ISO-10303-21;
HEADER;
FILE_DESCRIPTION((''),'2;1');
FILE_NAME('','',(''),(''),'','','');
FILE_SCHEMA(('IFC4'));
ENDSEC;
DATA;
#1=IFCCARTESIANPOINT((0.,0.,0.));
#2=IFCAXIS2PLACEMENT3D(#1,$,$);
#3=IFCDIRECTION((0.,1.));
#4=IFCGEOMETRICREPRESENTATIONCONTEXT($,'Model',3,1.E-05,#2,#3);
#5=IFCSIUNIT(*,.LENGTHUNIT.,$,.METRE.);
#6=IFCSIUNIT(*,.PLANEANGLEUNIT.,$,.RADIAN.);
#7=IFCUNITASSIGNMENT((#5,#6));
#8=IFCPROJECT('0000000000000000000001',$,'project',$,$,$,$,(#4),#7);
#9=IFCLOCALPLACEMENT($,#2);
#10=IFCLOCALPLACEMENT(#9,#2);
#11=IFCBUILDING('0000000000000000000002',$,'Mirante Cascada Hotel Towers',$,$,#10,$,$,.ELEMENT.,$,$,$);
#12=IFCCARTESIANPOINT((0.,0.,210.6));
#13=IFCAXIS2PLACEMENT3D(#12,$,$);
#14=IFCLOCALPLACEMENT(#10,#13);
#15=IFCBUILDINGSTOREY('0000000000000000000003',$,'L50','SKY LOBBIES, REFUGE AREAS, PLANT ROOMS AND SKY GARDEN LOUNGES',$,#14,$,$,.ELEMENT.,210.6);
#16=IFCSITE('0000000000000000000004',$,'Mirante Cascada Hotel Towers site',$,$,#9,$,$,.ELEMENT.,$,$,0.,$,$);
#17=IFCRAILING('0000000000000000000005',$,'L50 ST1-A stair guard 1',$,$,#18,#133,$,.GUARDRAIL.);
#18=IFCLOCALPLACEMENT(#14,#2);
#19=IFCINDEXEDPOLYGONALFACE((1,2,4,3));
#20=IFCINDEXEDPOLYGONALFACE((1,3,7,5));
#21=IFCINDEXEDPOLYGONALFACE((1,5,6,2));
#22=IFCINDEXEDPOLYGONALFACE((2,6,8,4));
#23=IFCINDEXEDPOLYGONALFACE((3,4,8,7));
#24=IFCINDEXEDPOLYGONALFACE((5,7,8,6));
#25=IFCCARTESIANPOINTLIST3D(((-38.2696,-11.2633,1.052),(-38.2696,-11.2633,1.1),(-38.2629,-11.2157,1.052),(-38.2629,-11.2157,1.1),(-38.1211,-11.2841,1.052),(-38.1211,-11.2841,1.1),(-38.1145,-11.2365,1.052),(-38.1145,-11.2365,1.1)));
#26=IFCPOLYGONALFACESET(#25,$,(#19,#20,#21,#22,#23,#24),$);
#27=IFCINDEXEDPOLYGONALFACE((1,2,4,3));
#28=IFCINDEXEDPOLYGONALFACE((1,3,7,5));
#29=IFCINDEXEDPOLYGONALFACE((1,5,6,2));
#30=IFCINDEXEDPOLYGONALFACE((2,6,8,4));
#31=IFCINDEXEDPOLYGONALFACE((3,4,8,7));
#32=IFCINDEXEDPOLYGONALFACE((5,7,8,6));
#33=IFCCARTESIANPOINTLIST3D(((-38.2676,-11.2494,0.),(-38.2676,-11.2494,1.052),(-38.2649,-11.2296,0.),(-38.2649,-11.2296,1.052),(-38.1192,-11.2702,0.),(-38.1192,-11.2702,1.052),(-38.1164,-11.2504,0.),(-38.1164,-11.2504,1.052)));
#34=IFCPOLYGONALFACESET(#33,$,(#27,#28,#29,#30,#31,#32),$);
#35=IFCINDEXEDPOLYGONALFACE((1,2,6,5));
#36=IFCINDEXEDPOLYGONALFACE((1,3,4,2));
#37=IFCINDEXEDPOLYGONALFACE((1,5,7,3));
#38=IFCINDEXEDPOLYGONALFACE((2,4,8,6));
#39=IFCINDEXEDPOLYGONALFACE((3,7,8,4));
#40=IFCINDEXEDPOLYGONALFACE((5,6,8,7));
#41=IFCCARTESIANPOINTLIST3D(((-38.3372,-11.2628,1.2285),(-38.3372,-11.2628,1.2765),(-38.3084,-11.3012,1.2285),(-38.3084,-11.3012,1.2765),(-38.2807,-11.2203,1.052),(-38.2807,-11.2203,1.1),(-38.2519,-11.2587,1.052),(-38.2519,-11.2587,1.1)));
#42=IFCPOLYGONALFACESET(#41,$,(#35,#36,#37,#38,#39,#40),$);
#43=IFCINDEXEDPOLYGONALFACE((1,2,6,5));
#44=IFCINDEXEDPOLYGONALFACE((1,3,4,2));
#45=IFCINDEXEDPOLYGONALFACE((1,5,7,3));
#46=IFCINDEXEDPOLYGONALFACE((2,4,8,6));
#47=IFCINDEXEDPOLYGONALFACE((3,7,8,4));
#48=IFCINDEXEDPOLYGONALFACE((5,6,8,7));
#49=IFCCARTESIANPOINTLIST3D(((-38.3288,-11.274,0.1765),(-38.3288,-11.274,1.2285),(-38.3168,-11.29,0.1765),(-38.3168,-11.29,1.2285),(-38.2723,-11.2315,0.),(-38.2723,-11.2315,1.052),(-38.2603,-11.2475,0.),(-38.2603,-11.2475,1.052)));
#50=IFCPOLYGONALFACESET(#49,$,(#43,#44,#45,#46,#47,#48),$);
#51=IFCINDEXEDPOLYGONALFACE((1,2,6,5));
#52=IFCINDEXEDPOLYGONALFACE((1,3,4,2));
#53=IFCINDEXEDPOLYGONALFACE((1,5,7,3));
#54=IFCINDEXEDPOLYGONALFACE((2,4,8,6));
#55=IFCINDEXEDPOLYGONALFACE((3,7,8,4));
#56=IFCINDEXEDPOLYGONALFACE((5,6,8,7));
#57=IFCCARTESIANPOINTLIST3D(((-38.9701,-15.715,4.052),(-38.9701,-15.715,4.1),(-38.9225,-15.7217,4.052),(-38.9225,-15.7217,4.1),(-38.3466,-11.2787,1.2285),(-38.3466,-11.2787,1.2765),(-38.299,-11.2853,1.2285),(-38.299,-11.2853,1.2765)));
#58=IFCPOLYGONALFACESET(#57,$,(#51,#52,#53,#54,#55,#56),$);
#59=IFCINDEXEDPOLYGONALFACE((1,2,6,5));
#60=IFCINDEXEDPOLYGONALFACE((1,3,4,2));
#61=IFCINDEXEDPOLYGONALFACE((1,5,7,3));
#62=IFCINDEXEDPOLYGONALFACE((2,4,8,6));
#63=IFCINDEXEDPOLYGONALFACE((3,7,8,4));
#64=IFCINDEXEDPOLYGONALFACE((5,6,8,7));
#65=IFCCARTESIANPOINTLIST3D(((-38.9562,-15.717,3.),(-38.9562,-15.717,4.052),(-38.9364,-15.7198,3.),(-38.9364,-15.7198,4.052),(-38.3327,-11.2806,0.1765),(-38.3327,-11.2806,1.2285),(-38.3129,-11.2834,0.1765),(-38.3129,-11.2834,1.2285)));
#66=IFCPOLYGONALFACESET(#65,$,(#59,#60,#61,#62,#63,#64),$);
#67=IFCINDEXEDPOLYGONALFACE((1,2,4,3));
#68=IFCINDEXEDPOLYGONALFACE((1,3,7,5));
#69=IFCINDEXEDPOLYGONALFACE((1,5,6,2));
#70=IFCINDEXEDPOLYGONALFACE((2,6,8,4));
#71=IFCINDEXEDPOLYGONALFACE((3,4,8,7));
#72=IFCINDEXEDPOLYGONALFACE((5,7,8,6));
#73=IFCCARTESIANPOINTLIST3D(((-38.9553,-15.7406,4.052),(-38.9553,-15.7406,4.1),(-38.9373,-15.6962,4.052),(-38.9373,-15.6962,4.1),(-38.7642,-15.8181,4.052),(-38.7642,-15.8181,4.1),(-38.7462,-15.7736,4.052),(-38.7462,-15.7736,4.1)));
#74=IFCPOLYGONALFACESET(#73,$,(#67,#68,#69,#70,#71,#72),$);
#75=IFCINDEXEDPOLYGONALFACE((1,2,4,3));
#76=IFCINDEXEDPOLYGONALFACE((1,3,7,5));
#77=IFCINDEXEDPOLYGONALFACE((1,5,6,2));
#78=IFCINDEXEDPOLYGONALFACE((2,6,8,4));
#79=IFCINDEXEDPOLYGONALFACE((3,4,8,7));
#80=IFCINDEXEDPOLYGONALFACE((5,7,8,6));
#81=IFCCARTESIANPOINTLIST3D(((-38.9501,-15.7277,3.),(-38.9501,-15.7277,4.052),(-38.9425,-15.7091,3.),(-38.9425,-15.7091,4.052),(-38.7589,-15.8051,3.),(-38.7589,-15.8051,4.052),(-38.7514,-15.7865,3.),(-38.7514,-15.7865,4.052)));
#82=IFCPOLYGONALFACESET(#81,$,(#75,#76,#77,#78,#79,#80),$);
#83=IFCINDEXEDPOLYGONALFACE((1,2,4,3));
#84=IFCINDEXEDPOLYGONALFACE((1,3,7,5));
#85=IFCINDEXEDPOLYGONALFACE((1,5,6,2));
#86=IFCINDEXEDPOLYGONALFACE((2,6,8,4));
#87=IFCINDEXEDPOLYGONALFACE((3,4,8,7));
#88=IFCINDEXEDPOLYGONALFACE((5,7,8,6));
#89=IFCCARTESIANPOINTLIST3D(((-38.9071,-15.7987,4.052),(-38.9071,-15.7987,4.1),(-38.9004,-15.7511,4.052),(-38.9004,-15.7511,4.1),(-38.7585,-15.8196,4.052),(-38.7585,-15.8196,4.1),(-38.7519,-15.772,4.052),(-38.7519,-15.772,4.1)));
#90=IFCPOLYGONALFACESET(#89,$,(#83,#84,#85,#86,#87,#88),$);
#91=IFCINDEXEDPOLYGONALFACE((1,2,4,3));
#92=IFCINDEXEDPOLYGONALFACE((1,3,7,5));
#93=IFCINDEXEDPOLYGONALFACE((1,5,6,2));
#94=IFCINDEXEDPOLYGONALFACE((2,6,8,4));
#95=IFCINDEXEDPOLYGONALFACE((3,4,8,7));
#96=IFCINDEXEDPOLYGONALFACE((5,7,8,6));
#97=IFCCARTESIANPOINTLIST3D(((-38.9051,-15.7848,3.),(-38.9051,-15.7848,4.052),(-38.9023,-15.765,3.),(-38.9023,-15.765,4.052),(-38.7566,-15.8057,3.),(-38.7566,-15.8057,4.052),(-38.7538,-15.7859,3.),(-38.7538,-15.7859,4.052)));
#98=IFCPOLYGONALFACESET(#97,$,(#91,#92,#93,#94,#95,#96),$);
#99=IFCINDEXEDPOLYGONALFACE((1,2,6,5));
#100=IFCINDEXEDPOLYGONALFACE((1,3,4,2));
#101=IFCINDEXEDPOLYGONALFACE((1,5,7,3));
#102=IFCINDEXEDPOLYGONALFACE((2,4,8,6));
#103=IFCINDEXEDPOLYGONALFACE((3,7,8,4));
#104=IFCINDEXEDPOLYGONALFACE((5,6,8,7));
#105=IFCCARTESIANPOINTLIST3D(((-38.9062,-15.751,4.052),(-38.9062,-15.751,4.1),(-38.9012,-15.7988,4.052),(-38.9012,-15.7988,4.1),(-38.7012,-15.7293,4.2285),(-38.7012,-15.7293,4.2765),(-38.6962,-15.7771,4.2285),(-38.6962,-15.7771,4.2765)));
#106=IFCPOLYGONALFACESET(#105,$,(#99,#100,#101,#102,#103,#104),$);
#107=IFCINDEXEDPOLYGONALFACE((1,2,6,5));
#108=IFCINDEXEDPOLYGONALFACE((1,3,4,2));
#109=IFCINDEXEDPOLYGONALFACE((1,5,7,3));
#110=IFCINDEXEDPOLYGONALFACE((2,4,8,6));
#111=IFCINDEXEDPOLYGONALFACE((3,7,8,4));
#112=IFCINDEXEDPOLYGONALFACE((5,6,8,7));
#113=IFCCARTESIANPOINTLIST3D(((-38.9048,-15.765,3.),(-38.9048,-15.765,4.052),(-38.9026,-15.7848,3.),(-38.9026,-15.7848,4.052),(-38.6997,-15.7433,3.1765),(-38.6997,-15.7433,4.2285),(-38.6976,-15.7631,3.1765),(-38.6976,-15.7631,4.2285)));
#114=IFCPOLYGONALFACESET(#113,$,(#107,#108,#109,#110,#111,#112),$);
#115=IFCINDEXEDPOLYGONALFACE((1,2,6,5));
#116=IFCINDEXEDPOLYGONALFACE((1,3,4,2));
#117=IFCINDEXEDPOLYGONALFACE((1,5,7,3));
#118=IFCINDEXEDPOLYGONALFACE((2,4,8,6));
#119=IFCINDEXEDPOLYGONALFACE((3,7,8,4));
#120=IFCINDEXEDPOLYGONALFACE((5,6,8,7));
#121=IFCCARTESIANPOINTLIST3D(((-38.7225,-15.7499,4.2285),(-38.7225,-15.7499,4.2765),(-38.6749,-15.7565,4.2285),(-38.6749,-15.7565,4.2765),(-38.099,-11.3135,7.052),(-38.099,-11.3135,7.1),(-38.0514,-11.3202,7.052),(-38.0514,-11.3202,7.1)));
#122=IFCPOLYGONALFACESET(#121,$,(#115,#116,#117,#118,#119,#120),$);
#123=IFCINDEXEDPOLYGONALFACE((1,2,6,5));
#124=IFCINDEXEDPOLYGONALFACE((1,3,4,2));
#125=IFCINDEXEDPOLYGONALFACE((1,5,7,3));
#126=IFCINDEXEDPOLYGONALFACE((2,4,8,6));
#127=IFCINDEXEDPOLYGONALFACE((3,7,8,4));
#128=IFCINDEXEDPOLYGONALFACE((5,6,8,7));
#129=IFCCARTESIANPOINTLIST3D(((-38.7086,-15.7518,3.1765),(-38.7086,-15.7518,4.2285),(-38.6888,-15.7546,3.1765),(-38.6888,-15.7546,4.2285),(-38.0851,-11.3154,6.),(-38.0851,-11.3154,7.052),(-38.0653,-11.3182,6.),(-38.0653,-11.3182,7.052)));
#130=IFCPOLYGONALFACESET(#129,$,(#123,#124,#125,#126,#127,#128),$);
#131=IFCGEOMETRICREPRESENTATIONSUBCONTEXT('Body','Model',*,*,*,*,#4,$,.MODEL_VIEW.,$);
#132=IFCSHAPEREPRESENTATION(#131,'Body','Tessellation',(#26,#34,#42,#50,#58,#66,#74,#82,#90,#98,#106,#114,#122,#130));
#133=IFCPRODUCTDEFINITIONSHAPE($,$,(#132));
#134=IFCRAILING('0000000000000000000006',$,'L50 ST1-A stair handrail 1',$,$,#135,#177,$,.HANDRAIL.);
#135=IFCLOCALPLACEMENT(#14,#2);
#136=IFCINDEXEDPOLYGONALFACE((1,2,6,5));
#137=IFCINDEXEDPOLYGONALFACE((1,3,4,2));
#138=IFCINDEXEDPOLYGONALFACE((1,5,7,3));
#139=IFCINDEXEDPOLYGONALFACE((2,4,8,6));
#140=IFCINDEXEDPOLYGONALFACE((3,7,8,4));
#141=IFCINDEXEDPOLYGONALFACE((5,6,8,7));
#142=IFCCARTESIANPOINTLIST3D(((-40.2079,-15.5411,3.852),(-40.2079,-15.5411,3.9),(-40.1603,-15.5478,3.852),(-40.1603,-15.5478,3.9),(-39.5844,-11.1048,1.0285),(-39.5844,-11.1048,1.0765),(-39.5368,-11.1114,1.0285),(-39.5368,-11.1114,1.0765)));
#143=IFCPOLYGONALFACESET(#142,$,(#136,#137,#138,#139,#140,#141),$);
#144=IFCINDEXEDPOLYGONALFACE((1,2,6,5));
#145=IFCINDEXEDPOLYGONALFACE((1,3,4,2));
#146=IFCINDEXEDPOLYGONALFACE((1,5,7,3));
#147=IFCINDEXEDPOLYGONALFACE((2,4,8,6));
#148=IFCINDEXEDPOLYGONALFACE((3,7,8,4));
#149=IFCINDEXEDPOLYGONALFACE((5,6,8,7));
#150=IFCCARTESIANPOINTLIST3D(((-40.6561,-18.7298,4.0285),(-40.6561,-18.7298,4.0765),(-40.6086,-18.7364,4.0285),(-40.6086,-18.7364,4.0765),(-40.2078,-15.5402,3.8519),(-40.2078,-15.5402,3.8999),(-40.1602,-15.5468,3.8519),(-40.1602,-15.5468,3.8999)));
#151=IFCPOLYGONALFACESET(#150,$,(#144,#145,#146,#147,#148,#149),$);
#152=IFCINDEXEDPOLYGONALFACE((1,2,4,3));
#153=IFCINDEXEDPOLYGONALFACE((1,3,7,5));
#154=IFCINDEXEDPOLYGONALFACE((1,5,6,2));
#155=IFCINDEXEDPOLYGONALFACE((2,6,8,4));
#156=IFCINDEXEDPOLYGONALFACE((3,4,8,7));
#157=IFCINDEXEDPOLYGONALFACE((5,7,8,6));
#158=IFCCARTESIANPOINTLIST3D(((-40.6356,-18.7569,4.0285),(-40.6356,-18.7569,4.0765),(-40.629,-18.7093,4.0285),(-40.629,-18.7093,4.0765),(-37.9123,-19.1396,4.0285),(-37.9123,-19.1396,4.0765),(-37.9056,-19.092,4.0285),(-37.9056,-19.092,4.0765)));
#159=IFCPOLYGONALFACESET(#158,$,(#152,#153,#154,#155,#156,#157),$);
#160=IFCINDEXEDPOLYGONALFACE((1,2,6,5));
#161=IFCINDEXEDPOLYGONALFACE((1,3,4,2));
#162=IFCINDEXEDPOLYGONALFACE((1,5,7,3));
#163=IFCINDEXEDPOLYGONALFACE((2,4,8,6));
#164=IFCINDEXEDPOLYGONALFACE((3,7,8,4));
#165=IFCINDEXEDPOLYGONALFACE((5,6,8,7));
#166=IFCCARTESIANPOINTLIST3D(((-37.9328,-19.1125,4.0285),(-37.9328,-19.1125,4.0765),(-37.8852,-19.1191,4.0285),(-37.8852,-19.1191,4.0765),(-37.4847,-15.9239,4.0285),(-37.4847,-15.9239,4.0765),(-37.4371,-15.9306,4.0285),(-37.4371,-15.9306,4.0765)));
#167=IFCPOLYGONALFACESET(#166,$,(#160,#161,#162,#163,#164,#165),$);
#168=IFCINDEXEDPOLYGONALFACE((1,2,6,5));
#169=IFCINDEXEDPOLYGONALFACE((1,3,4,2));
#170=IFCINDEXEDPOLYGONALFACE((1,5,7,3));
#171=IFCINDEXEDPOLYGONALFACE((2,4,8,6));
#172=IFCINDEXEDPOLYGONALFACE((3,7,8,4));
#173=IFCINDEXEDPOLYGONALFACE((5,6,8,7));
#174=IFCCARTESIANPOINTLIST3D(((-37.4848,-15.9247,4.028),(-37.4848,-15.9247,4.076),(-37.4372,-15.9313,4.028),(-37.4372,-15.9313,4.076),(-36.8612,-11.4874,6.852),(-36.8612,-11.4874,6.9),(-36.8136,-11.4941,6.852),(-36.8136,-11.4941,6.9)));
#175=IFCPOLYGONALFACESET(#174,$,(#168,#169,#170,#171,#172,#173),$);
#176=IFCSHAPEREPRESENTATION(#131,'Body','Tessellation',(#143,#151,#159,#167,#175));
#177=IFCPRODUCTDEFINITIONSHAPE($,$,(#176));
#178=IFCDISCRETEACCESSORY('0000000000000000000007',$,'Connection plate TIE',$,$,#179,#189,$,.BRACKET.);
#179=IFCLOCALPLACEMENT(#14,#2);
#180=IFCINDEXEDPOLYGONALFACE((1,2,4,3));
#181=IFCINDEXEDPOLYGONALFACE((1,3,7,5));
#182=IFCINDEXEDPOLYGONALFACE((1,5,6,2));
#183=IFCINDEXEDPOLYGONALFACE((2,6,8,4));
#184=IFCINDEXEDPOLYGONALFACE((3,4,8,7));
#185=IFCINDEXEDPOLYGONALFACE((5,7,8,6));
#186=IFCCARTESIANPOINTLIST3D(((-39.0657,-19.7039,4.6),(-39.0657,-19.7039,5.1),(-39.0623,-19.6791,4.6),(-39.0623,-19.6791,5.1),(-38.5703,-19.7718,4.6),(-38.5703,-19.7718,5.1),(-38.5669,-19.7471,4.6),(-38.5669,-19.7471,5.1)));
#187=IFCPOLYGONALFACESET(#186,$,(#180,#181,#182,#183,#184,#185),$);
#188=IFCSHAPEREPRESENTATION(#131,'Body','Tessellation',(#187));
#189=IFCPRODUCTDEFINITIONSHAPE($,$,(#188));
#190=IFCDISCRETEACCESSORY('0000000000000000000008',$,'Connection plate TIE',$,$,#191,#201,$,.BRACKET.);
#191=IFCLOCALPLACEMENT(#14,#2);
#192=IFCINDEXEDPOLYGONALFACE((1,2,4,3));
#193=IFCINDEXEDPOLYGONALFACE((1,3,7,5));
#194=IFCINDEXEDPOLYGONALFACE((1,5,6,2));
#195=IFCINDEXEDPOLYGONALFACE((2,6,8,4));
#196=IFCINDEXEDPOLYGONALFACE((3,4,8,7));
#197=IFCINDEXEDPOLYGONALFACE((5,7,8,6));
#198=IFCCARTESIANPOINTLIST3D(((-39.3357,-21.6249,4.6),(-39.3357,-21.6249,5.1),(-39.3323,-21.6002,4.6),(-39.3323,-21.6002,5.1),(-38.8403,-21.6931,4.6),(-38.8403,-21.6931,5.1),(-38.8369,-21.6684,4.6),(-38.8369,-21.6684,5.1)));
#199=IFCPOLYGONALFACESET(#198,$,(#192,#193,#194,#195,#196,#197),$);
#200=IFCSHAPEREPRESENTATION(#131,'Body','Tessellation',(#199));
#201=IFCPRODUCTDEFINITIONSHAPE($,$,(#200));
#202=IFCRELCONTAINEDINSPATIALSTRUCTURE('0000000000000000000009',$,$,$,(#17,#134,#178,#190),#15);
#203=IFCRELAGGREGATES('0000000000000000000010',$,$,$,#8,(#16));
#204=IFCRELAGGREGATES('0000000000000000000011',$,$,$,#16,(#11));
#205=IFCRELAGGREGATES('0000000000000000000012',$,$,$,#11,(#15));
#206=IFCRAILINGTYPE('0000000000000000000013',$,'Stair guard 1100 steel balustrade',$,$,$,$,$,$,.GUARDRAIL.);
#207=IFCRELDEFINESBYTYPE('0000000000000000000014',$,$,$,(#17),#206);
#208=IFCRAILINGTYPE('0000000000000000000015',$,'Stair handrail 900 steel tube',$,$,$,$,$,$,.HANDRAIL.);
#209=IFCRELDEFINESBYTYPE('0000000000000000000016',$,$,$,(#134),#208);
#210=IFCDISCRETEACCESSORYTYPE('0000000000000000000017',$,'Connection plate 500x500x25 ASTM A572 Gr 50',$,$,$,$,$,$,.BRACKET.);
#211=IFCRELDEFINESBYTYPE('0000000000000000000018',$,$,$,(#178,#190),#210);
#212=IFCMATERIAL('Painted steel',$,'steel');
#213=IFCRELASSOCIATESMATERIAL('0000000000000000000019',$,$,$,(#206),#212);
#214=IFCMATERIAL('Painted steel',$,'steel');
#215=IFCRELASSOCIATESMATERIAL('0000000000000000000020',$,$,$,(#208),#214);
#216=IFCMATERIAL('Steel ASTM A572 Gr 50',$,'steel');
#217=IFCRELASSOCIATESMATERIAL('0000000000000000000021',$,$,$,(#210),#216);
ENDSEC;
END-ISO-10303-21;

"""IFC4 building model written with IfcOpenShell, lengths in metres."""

from ifc_helpers import new_model, si_unit, direction, frame, origin, origin_2d, place, context, subcontext, project, spatial, rectangle, extrude, material, material_profile, profile_set, type_object, element, save


model = new_model("IFC4")

# Units and contexts
model_context = context("Model", 3, precision=1e-05, world=origin(), true_north=direction((0.0, 1.0)))
body_context = subcontext(model_context, "Body", "Model", "MODEL_VIEW")
ifc_project = project(units=[si_unit("LENGTHUNIT", "METRE"), si_unit("PLANEANGLEUNIT", "RADIAN")], contexts=[model_context])

# Site, building, storey
site_placement = place(None, origin())
site = spatial("IfcSite", under=ifc_project, at=site_placement, Name="Mirante Cascada Hotel Towers site", CompositionType="ELEMENT", RefElevation=0.0)
building_placement = place(site_placement, origin())
building = spatial("IfcBuilding", under=site, at=building_placement, Name="Mirante Cascada Hotel Towers", CompositionType="ELEMENT")
storey_placement = place(building_placement, frame((0.0, 0.0, 210.6)))
storey = spatial("IfcBuildingStorey", under=building, at=storey_placement, Name="L50", Description="SKY LOBBIES, REFUGE AREAS, PLANT ROOMS AND SKY GARDEN LOUNGES", CompositionType="ELEMENT", Elevation=210.6)

# Railings
ifc_material_1 = material(Name="Painted steel", Category="steel")
railing_type_1 = type_object("IfcRailingType", Name="Stair guard 1100 steel balustrade", PredefinedType="GUARDRAIL", material=ifc_material_1)
railing_1_placement = place(storey_placement, frame((-38.1178, -11.2603, 0.0)))
element("IfcRailing", 1, at=railing_1_placement, inside=storey, type_object=railing_type_1, Name="L50 ST1-A stair guard 1", PredefinedType="GUARDRAIL", context=body_context, shape_type="SweptSolid", body=[
    extrude(rectangle(XDim=0.048, YDim=0.048, at=origin_2d()), frame((0.0, 0.0, 1.076), z_axis=(-0.990333, 0.138713, 0.0), x_axis=(-0.138713, -0.990333, 0.0)), (0.0, 0.0, 1.0), 0.1499),
    extrude(rectangle(XDim=0.02, YDim=1.052, at=origin_2d()), frame((0.0, 0.0, 0.526), z_axis=(-0.990333, 0.138713, 0.0), x_axis=(-0.138713, -0.990333, 0.0)), (0.0, 0.0, 1.0), 0.1499),
    extrude(rectangle(XDim=0.048, YDim=0.048, at=origin_2d()), frame((-0.1485, 0.0208, 1.076), z_axis=(-0.79915, -0.601131, 0.0), x_axis=(0.601131, -0.79915, 0.0)), (0.0, 0.928295, 0.371844), 0.1901),
    extrude(rectangle(XDim=0.02, YDim=1.052, at=origin_2d()), frame((-0.1485, 0.0208, 0.526), z_axis=(-0.79915, -0.601131, 0.0), x_axis=(0.601131, -0.79915, 0.0)), (0.0, 0.928295, 0.371844), 0.1901),
    extrude(rectangle(XDim=0.048, YDim=0.048, at=origin_2d()), frame((-0.205, -0.0217, 1.2525), z_axis=(-0.139174, -0.990268, 0.0), x_axis=(0.990268, -0.139174, 0.0)), (0.0, 0.533186, 0.845998), 5.2955),
    extrude(rectangle(XDim=0.02, YDim=1.052, at=origin_2d()), frame((-0.205, -0.0217, 0.7025), z_axis=(-0.139174, -0.990268, 0.0), x_axis=(0.990268, -0.139174, 0.0)), (0.0, 0.533186, 0.845998), 5.2955),
    extrude(rectangle(XDim=0.048, YDim=0.048, at=origin_2d()), frame((-0.8285, -4.4581, 4.076), z_axis=(0.926862, -0.375401, 0.0), x_axis=(0.375401, 0.926862, 0.0)), (0.0, 0.0, 1.0), 0.2062),
    extrude(rectangle(XDim=0.02, YDim=1.052, at=origin_2d()), frame((-0.8285, -4.4581, 3.526), z_axis=(0.926862, -0.375401, 0.0), x_axis=(0.375401, 0.926862, 0.0)), (0.0, 0.0, 1.0), 0.2062),
    extrude(rectangle(XDim=0.048, YDim=0.048, at=origin_2d()), frame((-0.6374, -4.5355, 4.076), z_axis=(-0.990241, 0.139367, 0.0), x_axis=(-0.139367, -0.990241, 0.0)), (0.0, 0.0, 1.0), 0.15),
    extrude(rectangle(XDim=0.02, YDim=1.052, at=origin_2d()), frame((-0.6374, -4.5355, 3.526), z_axis=(-0.990241, 0.139367, 0.0), x_axis=(-0.139367, -0.990241, 0.0)), (0.0, 0.0, 1.0), 0.15),
    extrude(rectangle(XDim=0.048, YDim=0.048, at=origin_2d()), frame((-0.7859, -4.5146, 4.076), z_axis=(0.994444, 0.105266, 0.0), x_axis=(-0.105266, 0.994444, 0.0)), (0.0, 0.650375, 0.759613), 0.2714),
    extrude(rectangle(XDim=0.02, YDim=1.052, at=origin_2d()), frame((-0.7859, -4.5146, 3.526), z_axis=(0.994444, 0.105266, 0.0), x_axis=(-0.105266, 0.994444, 0.0)), (0.0, 0.650375, 0.759613), 0.2714),
    extrude(rectangle(XDim=0.048, YDim=0.048, at=origin_2d()), frame((-0.5809, -4.4929, 4.2525), z_axis=(0.139174, 0.990268, 0.0), x_axis=(-0.990268, 0.139174, 0.0)), (0.0, 0.533186, 0.845998), 5.2955),
    extrude(rectangle(XDim=0.02, YDim=1.052, at=origin_2d()), frame((-0.5809, -4.4929, 3.7025), z_axis=(0.139174, 0.990268, 0.0), x_axis=(-0.990268, 0.139174, 0.0)), (0.0, 0.533186, 0.845998), 5.2955),
])
ifc_material_2 = material(Name="Painted steel", Category="steel")
railing_type_2 = type_object("IfcRailingType", Name="Stair handrail 900 steel tube", PredefinedType="HANDRAIL", material=ifc_material_2)
railing_2_placement = place(storey_placement, frame((-39.5606, -11.1081, 0.1765)))
element("IfcRailing", 2, at=railing_2_placement, inside=storey, type_object=railing_type_2, Name="L50 ST1-A stair handrail 1", PredefinedType="HANDRAIL", context=body_context, shape_type="SweptSolid", body=[
    extrude(rectangle(XDim=0.048, YDim=0.048, at=origin_2d()), frame((0.0, 0.0, 0.876), z_axis=(-0.139174, -0.990268, 0.0), x_axis=(0.990268, -0.139174, 0.0)), (0.0, 0.533186, 0.845998), 5.2955),
    extrude(rectangle(XDim=0.048, YDim=0.048, at=origin_2d()), frame((-0.6234, -4.4354, 3.6994), z_axis=(-0.139195, -0.990265, 0.0), x_axis=(0.990265, -0.139195, 0.0)), (0.0, 0.054732, 0.998501), 3.2258),
    extrude(rectangle(XDim=0.048, YDim=0.048, at=origin_2d()), frame((-1.0717, -7.625, 3.876), z_axis=(0.99027, -0.139161, 0.0), x_axis=(0.139161, 0.99027, 0.0)), (0.0, 0.0, 1.0), 2.7501),
    extrude(rectangle(XDim=0.048, YDim=0.048, at=origin_2d()), frame((1.6516, -8.0077, 3.876), z_axis=(0.139164, 0.990269, 0.0), x_axis=(-0.990269, 0.139164, 0.0)), (0.0, 0.0, 1.0), 3.2199),
    extrude(rectangle(XDim=0.048, YDim=0.048, at=origin_2d()), frame((2.0996, -4.8199, 3.8755), z_axis=(0.139174, 0.990268, 0.0), x_axis=(-0.990268, 0.139174, 0.0)), (0.0, 0.533186, 0.845998), 5.2965),
])

# Discrete accessories
ifc_material_3 = material(Name="Steel ASTM A572 Gr 50", Category="steel")
ifc_material_profile_1 = material_profile(ifc_material_3, rectangle(XDim=0.5, YDim=0.5, at=origin_2d()), Name="Connection plate 500x500x25 ASTM A572 Gr 50")
ifc_profile_set_1 = profile_set([ifc_material_profile_1], Name="Steel ASTM A572 Gr 50")
discrete_accessory_type = type_object("IfcDiscreteAccessoryType", Name="Connection plate 500x500x25 ASTM A572 Gr 50", PredefinedType="BRACKET", material=ifc_profile_set_1)
discrete_accessory_1_placement = place(storey_placement, frame((-38.8146, -19.7131, 4.85), z_axis=(-0.135826, -0.990733, 0.0), x_axis=(0.990733, -0.135826, 0.0)))
element("IfcDiscreteAccessory", 3, at=discrete_accessory_1_placement, inside=storey, type_object=discrete_accessory_type, Name="Connection plate TIE", PredefinedType="BRACKET", context=body_context, shape_type="SweptSolid", body=[
    extrude(rectangle(XDim=0.5, YDim=0.5, at=origin_2d()), origin(), (0.0, 0.0, 1.0), 0.025),
])
discrete_accessory_2_placement = place(storey_placement, frame((-39.0846, -21.6343, 4.85), z_axis=(-0.136366, -0.990658, 0.0), x_axis=(0.990658, -0.136366, 0.0)))
element("IfcDiscreteAccessory", 4, at=discrete_accessory_2_placement, inside=storey, type_object=discrete_accessory_type, Name="Connection plate TIE", PredefinedType="BRACKET", context=body_context, shape_type="SweptSolid", body=[
    extrude(rectangle(XDim=0.5, YDim=0.5, at=origin_2d()), origin(), (0.0, 0.0, 1.0), 0.0249),
])

save(model, "model.ifc")
